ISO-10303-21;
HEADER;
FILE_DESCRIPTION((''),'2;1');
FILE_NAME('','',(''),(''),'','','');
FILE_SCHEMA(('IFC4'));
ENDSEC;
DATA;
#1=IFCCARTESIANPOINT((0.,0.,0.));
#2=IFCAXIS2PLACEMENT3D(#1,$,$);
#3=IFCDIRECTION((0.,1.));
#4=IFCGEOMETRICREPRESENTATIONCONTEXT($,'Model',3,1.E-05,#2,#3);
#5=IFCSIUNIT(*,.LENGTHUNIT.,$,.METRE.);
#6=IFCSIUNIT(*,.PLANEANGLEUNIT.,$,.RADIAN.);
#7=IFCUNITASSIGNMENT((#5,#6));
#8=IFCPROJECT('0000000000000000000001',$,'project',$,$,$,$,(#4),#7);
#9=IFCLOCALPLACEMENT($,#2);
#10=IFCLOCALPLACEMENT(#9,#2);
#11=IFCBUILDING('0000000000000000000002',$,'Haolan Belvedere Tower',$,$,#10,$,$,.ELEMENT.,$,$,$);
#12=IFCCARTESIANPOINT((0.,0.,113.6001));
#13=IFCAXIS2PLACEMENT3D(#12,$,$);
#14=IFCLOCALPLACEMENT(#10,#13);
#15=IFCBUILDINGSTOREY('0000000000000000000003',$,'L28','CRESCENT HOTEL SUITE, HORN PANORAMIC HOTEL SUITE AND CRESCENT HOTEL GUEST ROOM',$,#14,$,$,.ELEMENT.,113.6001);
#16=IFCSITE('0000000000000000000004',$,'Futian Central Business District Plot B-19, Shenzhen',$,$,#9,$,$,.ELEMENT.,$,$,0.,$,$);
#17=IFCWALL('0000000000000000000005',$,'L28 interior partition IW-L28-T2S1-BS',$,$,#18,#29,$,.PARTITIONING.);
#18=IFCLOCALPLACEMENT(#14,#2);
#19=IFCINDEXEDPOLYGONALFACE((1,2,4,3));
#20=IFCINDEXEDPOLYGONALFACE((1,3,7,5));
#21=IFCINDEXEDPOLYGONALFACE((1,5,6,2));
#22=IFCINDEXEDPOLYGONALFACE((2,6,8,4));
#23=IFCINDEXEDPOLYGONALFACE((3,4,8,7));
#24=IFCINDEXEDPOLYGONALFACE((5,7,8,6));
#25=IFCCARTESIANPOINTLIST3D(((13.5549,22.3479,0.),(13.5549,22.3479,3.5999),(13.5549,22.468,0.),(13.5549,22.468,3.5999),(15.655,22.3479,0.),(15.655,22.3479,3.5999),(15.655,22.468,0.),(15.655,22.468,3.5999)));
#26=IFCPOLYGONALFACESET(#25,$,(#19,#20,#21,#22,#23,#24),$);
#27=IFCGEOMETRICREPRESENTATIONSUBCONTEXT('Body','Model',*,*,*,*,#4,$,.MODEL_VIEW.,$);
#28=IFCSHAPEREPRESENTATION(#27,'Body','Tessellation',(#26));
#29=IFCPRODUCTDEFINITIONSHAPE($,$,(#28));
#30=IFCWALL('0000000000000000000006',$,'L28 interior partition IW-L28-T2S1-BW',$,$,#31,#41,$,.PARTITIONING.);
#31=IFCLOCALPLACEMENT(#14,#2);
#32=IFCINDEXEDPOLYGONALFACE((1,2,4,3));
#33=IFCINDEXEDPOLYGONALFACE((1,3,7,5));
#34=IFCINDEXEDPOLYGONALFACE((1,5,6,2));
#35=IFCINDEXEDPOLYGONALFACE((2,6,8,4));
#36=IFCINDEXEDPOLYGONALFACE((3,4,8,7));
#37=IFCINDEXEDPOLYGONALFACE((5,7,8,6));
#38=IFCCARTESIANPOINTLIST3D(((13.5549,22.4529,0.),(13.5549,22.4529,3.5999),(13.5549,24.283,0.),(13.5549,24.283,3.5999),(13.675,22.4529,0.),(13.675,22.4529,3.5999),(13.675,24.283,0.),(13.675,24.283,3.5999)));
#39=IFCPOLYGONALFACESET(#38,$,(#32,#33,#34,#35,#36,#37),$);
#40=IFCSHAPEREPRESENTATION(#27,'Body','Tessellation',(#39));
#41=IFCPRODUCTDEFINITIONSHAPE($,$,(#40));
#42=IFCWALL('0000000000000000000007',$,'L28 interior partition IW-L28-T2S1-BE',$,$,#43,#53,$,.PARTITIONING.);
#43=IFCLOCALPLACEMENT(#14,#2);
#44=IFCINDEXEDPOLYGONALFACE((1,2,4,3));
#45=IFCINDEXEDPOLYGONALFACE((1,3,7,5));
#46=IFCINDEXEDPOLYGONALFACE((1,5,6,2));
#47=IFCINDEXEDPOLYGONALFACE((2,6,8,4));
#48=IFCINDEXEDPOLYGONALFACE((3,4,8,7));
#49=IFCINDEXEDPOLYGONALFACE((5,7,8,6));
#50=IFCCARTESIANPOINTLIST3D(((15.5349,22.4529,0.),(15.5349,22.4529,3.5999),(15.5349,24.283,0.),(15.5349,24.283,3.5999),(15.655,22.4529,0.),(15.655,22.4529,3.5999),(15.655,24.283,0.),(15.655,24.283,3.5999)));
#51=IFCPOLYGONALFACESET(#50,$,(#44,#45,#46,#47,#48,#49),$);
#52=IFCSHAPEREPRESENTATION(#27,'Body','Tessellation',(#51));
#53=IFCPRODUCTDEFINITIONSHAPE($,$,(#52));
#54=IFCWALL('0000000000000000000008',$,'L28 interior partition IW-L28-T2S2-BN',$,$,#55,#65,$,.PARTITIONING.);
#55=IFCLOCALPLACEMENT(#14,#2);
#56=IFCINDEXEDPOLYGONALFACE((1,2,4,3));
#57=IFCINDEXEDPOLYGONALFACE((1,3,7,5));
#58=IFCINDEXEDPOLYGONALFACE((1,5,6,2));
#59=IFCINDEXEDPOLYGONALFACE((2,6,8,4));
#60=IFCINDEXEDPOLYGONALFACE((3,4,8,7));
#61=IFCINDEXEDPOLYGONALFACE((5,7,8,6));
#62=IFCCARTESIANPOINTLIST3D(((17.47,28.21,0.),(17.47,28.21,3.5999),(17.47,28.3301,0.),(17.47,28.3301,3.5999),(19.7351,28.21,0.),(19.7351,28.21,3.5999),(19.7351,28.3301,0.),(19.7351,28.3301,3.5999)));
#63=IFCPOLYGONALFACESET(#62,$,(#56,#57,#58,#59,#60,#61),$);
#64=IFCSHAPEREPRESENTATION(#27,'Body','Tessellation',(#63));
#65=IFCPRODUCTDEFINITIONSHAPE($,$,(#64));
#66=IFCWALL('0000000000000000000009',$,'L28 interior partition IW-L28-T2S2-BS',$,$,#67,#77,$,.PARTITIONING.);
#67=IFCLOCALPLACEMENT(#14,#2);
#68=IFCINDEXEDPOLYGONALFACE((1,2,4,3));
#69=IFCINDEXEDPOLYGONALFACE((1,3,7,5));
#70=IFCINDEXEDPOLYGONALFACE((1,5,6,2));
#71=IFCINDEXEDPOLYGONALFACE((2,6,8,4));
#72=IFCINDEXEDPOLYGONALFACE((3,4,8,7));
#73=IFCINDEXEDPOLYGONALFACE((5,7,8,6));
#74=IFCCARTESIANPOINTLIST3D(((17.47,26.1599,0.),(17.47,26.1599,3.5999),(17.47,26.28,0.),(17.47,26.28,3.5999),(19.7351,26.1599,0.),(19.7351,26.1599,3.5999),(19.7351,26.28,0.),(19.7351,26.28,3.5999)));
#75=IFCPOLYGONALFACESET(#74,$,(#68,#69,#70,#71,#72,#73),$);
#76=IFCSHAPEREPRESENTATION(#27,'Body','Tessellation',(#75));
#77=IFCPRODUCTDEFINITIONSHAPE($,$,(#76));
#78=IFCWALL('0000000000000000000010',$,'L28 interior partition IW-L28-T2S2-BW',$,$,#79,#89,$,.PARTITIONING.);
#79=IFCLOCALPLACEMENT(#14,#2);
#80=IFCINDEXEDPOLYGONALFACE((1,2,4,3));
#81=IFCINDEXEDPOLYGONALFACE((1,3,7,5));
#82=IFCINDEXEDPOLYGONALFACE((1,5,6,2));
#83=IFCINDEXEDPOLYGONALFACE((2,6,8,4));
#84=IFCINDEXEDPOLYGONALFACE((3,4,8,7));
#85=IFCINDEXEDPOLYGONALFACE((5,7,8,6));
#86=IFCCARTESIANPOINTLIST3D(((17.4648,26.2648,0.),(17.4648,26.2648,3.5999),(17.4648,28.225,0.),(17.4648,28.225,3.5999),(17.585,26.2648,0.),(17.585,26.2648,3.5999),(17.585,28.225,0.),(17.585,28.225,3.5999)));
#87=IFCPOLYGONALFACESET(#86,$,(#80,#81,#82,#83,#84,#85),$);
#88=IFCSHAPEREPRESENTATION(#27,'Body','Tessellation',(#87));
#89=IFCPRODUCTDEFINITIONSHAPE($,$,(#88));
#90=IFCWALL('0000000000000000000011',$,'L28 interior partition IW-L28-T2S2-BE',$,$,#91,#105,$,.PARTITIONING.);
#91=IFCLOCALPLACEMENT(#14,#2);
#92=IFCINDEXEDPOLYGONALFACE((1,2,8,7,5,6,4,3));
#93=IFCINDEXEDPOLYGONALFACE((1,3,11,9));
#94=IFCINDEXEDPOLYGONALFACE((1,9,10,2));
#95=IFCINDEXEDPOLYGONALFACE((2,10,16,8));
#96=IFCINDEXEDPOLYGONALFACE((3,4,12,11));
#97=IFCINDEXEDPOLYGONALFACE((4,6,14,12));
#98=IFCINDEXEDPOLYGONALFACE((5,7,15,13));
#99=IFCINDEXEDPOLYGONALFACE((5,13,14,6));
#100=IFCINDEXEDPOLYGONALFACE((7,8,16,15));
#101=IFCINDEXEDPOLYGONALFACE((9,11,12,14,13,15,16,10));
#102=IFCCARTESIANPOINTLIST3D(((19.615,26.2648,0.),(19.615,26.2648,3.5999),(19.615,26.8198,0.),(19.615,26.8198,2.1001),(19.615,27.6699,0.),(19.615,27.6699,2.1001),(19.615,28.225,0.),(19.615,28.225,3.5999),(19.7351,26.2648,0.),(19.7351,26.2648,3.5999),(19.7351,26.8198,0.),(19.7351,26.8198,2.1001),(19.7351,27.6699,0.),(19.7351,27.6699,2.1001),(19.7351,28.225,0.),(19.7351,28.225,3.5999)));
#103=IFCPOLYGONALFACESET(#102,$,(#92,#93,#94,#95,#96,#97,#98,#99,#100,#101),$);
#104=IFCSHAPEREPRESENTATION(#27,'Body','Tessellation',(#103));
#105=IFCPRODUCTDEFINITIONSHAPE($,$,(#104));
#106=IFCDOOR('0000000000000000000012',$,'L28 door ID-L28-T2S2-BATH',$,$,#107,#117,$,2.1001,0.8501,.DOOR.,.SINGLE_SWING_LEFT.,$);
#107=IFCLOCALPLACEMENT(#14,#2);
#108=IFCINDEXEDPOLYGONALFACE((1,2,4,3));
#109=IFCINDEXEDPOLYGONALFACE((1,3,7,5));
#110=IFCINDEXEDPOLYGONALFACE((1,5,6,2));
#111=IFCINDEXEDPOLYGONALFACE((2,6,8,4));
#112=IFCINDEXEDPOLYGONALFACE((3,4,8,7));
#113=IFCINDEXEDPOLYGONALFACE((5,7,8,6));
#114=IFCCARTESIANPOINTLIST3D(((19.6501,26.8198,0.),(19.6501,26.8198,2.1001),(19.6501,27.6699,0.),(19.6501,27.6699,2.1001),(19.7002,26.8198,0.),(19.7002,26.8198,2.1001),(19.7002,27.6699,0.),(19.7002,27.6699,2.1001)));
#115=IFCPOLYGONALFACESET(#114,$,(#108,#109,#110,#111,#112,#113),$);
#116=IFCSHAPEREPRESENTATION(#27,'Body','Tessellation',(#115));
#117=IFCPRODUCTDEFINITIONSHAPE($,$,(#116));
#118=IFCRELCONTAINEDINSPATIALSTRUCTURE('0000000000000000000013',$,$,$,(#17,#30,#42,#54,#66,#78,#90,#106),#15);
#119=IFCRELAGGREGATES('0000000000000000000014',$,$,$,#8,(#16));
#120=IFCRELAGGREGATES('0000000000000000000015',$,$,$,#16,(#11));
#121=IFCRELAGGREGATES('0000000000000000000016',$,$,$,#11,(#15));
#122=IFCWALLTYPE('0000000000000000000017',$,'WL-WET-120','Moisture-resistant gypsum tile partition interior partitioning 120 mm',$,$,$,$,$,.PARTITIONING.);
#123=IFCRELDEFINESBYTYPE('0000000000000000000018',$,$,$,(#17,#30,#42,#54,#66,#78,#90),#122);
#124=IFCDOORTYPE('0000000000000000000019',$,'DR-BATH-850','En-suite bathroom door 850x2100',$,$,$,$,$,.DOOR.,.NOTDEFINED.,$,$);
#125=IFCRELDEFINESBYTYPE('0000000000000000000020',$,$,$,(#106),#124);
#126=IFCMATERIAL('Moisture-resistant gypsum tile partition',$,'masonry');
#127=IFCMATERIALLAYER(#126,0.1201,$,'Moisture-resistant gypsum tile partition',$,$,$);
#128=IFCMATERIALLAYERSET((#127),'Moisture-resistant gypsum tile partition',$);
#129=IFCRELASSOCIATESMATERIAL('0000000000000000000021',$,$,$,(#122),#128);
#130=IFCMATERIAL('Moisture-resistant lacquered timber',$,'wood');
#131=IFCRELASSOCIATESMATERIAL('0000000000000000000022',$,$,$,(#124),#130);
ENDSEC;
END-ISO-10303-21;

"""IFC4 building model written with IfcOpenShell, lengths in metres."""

from ifc_helpers import new_model, si_unit, direction, frame, frame_2d, origin, place, context, subcontext, project, spatial, rectangle, extrude, material, layer, layer_set, type_object, element, fill, save


model = new_model("IFC4")

# Units and contexts
model_context = context("Model", 3, precision=1e-05, world=origin(), true_north=direction((0.0, 1.0)))
body_context = subcontext(model_context, "Body", "Model", "MODEL_VIEW")
ifc_project = project(units=[si_unit("LENGTHUNIT", "METRE"), si_unit("PLANEANGLEUNIT", "RADIAN")], contexts=[model_context])

# Site, building, storey
site_placement = place(None, origin())
site = spatial("IfcSite", under=ifc_project, at=site_placement, Name="Futian Central Business District Plot B-19, Shenzhen", CompositionType="ELEMENT", RefElevation=0.0)
building_placement = place(site_placement, origin())
building = spatial("IfcBuilding", under=site, at=building_placement, Name="Haolan Belvedere Tower", CompositionType="ELEMENT")
storey_placement = place(building_placement, frame((0.0, 0.0, 113.6001)))
storey = spatial("IfcBuildingStorey", under=building, at=storey_placement, Name="L28", Description="CRESCENT HOTEL SUITE, HORN PANORAMIC HOTEL SUITE AND CRESCENT HOTEL GUEST ROOM", CompositionType="ELEMENT", Elevation=113.6001)

# Shared definitions
ifc_material_1 = material(Name="Moisture-resistant gypsum tile partition", Category="masonry")
ifc_layer_1 = layer(ifc_material_1, 0.1201, Name="Moisture-resistant gypsum tile partition")
ifc_layer_set_1 = layer_set([ifc_layer_1], Name="Moisture-resistant gypsum tile partition")
wall_type_1 = type_object("IfcWallType", Name="WL-WET-120", Description="Moisture-resistant gypsum tile partition interior partitioning 120 mm", PredefinedType="PARTITIONING", material=ifc_layer_set_1)
ifc_material_2 = material(Name="Moisture-resistant lacquered timber", Category="wood")
door_type_1 = type_object("IfcDoorType", Name="DR-BATH-850", Description="En-suite bathroom door 850x2100", OperationType="NOTDEFINED", PredefinedType="DOOR", material=ifc_material_2)

# Walls
wall_1_placement = place(storey_placement, frame((13.5549, 22.408, 0.0), z_axis=(0.0, 0.0, 1.0), x_axis=(1.0, 0.0, 0.0)))
element("IfcWall", 1, at=wall_1_placement, inside=storey, type_object=wall_type_1, Name="L28 interior partition IW-L28-T2S1-BS", PredefinedType="PARTITIONING", context=body_context, shape_type="SweptSolid", body=[
    extrude(rectangle(XDim=2.1001, YDim=0.1201, at=frame_2d((1.05, 0.0))), origin(), (0.0, 0.0, 1.0), 3.5999),
])
for number, where, z_axis, x_axis, name in (
    (2, (13.615, 22.4529, 0.0), (0.0, 0.0, 1.0), (0.0, 1.0, 0.0), "L28 interior partition IW-L28-T2S1-BW"),
    (3, (15.595, 22.4529, 0.0), (0.0, 0.0, 1.0), (0.0, 1.0, 0.0), "L28 interior partition IW-L28-T2S1-BE"),
):
    element("IfcWall", number, at=place(storey_placement, frame(where, z_axis=z_axis, x_axis=x_axis)), inside=storey, type_object=wall_type_1, Name=name, PredefinedType="PARTITIONING", context=body_context, shape_type="SweptSolid", body=[
        extrude(rectangle(XDim=1.8301, YDim=0.1201, at=frame_2d((0.915, 0.0))), origin(), (0.0, 0.0, 1.0), 3.5999),
    ])
for number, where, z_axis, x_axis, name in (
    (4, (17.47, 28.27, 0.0), (0.0, 0.0, 1.0), (1.0, 0.0, 0.0), "L28 interior partition IW-L28-T2S2-BN"),
    (5, (17.47, 26.22, 0.0), (0.0, 0.0, 1.0), (1.0, 0.0, 0.0), "L28 interior partition IW-L28-T2S2-BS"),
):
    element("IfcWall", number, at=place(storey_placement, frame(where, z_axis=z_axis, x_axis=x_axis)), inside=storey, type_object=wall_type_1, Name=name, PredefinedType="PARTITIONING", context=body_context, shape_type="SweptSolid", body=[
        extrude(rectangle(XDim=2.2651, YDim=0.1201, at=frame_2d((1.1326, 0.0))), origin(), (0.0, 0.0, 1.0), 3.5999),
    ])
wall_2_placement = place(storey_placement, frame((17.5249, 26.2649, 0.0), z_axis=(0.0, 0.0, 1.0), x_axis=(0.0, 1.0, 0.0)))
element("IfcWall", 6, at=wall_2_placement, inside=storey, type_object=wall_type_1, Name="L28 interior partition IW-L28-T2S2-BW", PredefinedType="PARTITIONING", context=body_context, shape_type="SweptSolid", body=[
    extrude(rectangle(XDim=1.9602, YDim=0.1201, at=frame_2d((0.98, 0.0))), origin(), (0.0, 0.0, 1.0), 3.5999),
])

# Wall, opening, door
wall_3_placement = place(storey_placement, frame((19.675, 26.2649, 0.0), z_axis=(0.0, 0.0, 1.0), x_axis=(0.0, 1.0, 0.0)))
wall_3 = element("IfcWall", 7, at=wall_3_placement, inside=storey, type_object=wall_type_1, Name="L28 interior partition IW-L28-T2S2-BE", PredefinedType="PARTITIONING", context=body_context, shape_type="SweptSolid", body=[
    extrude(rectangle(XDim=1.9602, YDim=0.1201, at=frame_2d((0.98, 0.0))), origin(), (0.0, 0.0, 1.0), 3.5999),
])
opening_1_placement = place(wall_3_placement, frame((0.5549, 0.0, 0.0)))
opening_1 = element("IfcOpeningElement", 8, at=opening_1_placement, cuts=wall_3, PredefinedType="OPENING", context=body_context, shape_type="SweptSolid", body=[
    extrude(rectangle(XDim=0.8501, YDim=2.1001, at=frame_2d((0.425, 1.05))), frame((0.0, 0.0701, 0.0), z_axis=(0.0, -1.0, 0.0), x_axis=(1.0, 0.0, 0.0)), (0.0, 0.0, 1.0), 0.1401),
])
door_1_placement = place(opening_1_placement, origin())
door_1 = element("IfcDoor", 9, at=door_1_placement, inside=storey, type_object=door_type_1, Name="L28 door ID-L28-T2S2-BATH", OperationType="SINGLE_SWING_LEFT", OverallHeight=2.1001, OverallWidth=0.8501, PredefinedType="DOOR", context=body_context, shape_type="SweptSolid", body=[
    extrude(rectangle(XDim=0.8501, YDim=2.1001, at=frame_2d((0.425, 1.05))), frame((0.0, 0.0249, 0.0), z_axis=(0.0, -1.0, 0.0), x_axis=(1.0, 0.0, 0.0)), (0.0, 0.0, 1.0), 0.05),
])
fill(opening_1, door_1)

save(model, "model.ifc")
